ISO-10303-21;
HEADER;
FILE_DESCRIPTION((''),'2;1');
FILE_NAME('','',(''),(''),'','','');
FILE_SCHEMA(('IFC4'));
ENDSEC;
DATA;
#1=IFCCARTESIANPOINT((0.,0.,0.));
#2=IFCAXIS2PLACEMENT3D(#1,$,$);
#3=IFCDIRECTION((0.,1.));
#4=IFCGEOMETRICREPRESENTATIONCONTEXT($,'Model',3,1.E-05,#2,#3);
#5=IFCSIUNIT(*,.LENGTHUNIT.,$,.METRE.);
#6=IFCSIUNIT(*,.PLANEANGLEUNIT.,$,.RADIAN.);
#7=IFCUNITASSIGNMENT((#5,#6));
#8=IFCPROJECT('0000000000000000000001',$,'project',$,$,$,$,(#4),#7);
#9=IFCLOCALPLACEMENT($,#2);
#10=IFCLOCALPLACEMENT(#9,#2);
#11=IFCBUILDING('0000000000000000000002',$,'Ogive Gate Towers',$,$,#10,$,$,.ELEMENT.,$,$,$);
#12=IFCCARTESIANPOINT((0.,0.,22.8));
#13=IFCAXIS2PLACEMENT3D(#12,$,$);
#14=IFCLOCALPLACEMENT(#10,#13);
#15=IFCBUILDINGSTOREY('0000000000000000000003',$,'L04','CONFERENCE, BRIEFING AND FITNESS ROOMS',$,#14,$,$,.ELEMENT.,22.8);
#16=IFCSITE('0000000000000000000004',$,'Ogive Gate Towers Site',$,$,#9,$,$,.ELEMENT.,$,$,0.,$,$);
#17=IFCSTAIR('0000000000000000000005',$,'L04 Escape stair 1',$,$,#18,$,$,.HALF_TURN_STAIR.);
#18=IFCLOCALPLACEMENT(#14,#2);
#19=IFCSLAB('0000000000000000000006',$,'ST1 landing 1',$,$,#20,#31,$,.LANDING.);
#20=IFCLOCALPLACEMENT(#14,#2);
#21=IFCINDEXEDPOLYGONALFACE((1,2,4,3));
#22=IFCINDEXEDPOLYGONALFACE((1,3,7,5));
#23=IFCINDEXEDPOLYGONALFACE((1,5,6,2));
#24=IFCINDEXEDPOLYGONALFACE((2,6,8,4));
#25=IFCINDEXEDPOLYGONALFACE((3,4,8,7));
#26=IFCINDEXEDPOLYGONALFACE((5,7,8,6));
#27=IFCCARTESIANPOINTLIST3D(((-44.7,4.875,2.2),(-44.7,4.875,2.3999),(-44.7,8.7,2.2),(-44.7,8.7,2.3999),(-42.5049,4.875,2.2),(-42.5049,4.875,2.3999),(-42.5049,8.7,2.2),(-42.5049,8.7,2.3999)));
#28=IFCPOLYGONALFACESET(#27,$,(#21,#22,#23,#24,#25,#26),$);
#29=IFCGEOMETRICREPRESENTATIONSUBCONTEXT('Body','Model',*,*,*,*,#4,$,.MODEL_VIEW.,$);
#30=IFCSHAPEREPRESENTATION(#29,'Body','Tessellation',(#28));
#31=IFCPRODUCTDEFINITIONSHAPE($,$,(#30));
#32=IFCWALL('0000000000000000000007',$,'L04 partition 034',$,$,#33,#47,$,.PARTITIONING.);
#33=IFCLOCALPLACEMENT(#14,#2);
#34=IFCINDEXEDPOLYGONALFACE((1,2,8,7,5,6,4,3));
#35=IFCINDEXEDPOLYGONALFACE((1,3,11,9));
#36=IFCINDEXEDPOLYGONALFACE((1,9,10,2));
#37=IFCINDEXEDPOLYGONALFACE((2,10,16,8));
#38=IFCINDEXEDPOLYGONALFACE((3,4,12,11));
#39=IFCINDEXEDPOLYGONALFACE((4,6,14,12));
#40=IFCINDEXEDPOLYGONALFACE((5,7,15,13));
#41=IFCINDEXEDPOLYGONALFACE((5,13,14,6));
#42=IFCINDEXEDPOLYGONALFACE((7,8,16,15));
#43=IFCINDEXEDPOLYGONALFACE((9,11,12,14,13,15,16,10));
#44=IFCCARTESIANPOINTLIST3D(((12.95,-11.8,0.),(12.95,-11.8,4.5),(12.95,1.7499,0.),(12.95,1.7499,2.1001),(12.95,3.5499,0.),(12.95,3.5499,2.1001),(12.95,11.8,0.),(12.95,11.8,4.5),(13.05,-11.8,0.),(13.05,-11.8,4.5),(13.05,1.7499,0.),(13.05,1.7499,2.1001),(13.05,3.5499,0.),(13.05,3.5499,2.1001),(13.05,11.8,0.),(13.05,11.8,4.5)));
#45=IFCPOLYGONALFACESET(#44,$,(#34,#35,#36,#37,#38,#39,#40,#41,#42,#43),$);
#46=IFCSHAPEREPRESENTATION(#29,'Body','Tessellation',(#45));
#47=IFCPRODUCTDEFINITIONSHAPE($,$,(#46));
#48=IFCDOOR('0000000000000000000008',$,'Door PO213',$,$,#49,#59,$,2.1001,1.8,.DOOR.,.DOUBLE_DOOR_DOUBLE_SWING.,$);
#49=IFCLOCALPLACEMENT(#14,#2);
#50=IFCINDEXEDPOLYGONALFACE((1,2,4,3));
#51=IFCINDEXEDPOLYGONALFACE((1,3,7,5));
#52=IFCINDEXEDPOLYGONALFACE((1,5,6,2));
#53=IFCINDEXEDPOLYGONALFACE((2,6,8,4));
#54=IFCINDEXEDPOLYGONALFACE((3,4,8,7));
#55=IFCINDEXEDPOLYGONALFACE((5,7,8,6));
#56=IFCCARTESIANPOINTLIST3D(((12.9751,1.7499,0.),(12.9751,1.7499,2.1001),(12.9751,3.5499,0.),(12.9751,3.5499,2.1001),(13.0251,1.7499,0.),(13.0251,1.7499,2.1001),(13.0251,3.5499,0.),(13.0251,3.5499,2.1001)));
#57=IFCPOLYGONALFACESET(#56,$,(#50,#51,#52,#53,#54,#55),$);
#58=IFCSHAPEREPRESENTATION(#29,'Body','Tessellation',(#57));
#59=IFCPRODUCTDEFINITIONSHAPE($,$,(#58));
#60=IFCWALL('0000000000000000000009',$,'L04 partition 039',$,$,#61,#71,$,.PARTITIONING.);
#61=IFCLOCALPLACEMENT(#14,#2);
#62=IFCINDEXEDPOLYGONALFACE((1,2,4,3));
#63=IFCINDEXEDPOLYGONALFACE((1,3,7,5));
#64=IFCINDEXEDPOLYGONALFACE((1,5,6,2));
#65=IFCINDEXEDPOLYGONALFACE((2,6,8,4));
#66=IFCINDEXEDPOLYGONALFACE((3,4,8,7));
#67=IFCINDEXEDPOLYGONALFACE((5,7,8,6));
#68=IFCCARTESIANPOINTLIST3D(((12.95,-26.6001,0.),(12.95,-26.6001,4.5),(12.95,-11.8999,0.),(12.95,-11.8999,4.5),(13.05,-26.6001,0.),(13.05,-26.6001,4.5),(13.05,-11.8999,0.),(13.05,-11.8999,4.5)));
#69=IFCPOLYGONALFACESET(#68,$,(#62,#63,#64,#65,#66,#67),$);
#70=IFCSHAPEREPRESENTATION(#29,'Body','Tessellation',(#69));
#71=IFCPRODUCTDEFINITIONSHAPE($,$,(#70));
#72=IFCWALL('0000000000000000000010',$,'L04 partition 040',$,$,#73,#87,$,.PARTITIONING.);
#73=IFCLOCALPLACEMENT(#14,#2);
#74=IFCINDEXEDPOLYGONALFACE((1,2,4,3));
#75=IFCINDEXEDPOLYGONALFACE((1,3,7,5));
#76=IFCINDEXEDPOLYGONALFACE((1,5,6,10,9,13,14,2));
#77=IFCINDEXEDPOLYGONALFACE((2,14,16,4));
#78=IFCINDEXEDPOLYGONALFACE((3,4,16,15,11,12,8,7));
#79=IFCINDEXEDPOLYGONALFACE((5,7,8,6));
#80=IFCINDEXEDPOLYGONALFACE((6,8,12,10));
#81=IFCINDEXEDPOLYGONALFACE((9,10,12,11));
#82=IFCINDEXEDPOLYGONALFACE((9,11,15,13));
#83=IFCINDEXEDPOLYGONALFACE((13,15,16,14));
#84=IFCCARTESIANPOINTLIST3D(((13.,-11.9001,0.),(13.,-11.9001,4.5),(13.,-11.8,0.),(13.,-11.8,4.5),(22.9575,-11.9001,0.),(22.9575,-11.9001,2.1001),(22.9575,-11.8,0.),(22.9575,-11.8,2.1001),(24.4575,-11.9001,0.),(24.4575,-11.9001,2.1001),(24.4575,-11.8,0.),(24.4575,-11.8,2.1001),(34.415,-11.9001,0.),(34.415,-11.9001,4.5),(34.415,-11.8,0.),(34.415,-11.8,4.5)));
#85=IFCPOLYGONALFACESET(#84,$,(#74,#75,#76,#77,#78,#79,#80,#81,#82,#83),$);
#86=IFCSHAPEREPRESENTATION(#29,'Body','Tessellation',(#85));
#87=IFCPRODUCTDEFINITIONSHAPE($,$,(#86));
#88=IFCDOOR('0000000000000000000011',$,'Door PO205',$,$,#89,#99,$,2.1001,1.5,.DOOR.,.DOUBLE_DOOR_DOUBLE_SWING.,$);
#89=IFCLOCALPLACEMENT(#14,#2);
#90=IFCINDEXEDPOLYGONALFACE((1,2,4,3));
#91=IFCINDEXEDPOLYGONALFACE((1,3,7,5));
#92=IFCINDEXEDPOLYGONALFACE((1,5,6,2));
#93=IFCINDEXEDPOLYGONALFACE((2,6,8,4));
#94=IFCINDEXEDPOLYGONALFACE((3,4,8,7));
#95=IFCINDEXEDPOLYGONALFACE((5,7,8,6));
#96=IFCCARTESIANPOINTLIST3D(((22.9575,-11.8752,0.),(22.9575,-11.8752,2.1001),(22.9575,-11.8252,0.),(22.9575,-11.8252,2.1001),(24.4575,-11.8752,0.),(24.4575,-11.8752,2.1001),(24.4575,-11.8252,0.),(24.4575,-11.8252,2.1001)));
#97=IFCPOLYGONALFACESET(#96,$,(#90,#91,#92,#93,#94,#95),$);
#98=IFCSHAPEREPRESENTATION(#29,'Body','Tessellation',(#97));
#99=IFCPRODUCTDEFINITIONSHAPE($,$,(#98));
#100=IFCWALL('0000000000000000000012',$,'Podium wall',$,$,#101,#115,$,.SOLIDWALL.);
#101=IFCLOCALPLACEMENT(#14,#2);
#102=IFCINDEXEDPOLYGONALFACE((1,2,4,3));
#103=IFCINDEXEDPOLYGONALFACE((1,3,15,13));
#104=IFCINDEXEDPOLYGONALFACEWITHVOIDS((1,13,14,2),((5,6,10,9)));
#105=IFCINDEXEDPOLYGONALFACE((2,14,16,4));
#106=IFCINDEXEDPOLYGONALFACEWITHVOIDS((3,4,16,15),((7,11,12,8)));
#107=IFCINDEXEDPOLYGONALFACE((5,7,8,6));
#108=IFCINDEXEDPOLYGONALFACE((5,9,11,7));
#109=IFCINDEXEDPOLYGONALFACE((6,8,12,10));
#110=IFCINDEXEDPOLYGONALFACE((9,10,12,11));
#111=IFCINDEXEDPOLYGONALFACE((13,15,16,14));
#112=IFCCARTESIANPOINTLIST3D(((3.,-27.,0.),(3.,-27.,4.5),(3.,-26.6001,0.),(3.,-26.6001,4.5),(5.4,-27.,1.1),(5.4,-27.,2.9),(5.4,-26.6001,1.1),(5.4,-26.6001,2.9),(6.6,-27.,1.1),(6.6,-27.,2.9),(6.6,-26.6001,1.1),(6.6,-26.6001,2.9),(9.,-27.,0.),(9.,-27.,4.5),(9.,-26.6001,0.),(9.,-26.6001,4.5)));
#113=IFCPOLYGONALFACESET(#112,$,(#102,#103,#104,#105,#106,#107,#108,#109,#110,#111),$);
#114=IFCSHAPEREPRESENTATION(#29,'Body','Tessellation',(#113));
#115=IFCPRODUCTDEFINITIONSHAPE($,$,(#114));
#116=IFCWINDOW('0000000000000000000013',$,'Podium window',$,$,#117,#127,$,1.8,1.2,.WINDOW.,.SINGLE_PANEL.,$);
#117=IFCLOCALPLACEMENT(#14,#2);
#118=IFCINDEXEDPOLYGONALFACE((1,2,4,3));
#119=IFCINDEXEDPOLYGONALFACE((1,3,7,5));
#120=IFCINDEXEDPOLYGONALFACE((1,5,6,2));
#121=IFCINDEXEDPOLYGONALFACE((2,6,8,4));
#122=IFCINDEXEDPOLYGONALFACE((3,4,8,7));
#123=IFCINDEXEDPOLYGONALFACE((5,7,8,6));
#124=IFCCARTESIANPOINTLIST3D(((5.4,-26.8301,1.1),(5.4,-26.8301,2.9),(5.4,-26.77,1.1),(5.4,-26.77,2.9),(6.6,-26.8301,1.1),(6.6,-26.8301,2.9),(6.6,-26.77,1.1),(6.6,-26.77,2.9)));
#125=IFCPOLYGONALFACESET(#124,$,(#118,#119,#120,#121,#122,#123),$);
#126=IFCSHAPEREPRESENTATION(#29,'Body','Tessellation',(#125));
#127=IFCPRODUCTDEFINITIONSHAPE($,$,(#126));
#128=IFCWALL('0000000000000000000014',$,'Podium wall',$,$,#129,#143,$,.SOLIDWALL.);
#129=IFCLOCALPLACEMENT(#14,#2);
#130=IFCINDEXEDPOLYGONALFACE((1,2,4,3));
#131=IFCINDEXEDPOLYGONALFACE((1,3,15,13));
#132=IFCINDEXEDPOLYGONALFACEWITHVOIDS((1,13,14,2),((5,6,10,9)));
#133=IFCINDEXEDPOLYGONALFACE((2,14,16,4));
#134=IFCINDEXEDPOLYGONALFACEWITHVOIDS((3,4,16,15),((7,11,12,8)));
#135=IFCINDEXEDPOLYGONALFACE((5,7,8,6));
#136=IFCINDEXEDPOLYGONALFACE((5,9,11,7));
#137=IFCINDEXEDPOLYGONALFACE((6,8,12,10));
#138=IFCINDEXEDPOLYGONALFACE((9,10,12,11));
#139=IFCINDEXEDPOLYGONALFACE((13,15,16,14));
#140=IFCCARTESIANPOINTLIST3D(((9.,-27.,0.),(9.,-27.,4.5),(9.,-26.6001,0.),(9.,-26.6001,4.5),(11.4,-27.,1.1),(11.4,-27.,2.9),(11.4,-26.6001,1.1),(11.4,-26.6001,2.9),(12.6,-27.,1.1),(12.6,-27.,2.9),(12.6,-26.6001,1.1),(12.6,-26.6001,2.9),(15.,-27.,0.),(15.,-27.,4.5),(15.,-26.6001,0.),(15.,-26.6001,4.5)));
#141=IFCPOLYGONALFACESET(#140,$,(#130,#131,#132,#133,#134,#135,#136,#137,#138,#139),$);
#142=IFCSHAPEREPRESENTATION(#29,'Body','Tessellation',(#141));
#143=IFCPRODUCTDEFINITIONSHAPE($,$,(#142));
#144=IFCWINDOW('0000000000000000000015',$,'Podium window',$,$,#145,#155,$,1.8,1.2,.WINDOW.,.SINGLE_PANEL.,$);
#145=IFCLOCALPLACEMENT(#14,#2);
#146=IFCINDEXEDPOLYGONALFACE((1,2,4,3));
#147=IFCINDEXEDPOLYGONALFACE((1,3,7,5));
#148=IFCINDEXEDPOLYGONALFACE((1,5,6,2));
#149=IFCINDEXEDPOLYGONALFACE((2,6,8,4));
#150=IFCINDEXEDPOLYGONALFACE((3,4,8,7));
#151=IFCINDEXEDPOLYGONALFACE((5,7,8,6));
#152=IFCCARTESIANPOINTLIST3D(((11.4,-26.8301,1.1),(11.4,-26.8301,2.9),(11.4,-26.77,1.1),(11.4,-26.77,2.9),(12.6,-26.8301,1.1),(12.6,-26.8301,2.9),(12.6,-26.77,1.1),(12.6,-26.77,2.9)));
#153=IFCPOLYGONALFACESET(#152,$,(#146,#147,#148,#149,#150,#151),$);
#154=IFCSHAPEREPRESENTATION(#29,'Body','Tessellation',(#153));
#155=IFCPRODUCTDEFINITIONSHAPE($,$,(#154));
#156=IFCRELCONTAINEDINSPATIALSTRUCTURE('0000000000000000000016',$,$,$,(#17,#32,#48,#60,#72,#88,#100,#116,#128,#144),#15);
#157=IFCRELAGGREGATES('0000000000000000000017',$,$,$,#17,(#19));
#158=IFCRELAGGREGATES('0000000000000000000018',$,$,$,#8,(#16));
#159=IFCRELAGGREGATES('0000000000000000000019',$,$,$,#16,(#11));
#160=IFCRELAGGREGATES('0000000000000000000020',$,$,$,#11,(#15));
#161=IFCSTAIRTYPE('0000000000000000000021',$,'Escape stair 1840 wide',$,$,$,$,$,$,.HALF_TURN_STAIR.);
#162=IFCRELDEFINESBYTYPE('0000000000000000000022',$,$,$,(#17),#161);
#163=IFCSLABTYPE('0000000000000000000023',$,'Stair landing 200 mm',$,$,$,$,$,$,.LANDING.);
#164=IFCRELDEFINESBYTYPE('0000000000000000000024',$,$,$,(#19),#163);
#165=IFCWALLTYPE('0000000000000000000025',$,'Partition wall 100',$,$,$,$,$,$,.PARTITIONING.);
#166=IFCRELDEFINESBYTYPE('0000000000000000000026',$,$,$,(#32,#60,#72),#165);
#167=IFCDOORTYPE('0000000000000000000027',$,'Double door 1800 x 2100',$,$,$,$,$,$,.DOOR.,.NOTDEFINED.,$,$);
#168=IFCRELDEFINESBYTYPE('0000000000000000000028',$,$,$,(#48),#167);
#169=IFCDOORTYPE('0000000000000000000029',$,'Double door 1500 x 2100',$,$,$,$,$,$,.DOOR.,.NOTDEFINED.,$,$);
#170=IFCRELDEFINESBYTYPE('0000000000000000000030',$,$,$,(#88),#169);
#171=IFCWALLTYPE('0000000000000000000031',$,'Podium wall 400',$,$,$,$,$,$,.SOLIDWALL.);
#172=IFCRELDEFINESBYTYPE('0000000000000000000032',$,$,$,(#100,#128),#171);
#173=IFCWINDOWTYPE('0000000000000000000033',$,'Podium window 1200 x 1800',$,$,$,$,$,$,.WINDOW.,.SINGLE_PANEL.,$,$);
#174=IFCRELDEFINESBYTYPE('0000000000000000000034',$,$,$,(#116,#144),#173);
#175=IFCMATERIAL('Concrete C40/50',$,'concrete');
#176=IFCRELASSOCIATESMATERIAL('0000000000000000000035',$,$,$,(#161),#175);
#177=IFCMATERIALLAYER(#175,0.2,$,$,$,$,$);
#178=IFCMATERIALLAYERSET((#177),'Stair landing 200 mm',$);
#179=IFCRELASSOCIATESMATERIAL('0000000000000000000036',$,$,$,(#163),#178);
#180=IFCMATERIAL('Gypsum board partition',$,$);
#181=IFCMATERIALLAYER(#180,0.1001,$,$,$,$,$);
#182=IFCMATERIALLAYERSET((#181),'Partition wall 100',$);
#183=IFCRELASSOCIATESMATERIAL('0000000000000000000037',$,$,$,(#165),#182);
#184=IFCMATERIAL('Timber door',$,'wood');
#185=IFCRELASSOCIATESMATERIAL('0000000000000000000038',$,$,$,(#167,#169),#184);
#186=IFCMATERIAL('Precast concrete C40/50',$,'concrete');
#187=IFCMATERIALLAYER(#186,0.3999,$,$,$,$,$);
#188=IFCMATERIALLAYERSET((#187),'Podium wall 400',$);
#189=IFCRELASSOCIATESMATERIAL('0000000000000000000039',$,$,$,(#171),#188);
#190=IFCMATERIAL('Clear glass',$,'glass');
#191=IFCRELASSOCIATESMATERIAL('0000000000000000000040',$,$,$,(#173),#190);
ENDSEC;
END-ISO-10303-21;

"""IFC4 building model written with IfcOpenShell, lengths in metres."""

from ifc_helpers import new_model, si_unit, direction, frame, frame_2d, origin, place, context, subcontext, project, spatial, polyline, rectangle, outline, extrude, material, layer, layer_set, type_object, element, fill, aggregate, save


model = new_model("IFC4")

# Units and contexts
model_context = context("Model", 3, precision=1e-05, world=origin(), true_north=direction((0.0, 1.0)))
body_context = subcontext(model_context, "Body", "Model", "MODEL_VIEW")
ifc_project = project(units=[si_unit("LENGTHUNIT", "METRE"), si_unit("PLANEANGLEUNIT", "RADIAN")], contexts=[model_context])

# Site, building, storey
site_placement = place(None, origin())
site = spatial("IfcSite", under=ifc_project, at=site_placement, Name="Ogive Gate Towers Site", CompositionType="ELEMENT", RefElevation=0.0)
building_placement = place(site_placement, origin())
building = spatial("IfcBuilding", under=site, at=building_placement, Name="Ogive Gate Towers", CompositionType="ELEMENT")
storey_placement = place(building_placement, frame((0.0, 0.0, 22.8)))
storey = spatial("IfcBuildingStorey", under=building, at=storey_placement, Name="L04", Description="CONFERENCE, BRIEFING AND FITNESS ROOMS", CompositionType="ELEMENT", Elevation=22.8)

# Stair, slab
ifc_material_1 = material(Name="Concrete C40/50", Category="concrete")
stair_type = type_object("IfcStairType", Name="Escape stair 1840 wide", PredefinedType="HALF_TURN_STAIR", material=ifc_material_1)
stair_placement = place(storey_placement, origin())
stair = element("IfcStair", 1, at=stair_placement, inside=storey, type_object=stair_type, Name="L04 Escape stair 1", PredefinedType="HALF_TURN_STAIR")
ifc_layer_1 = layer(ifc_material_1, 0.2)
ifc_layer_set_1 = layer_set([ifc_layer_1], Name="Stair landing 200 mm")
slab_type = type_object("IfcSlabType", Name="Stair landing 200 mm", PredefinedType="LANDING", material=ifc_layer_set_1)
slab_placement = place(storey_placement, frame((0.0, 0.0, 2.2)))
slab = element("IfcSlab", 2, at=slab_placement, type_object=slab_type, Name="ST1 landing 1", PredefinedType="LANDING", context=body_context, shape_type="SweptSolid", body=[
    extrude(outline(polyline([(-42.5049, 8.7), (-44.7, 8.7), (-44.7, 4.875), (-42.5049, 4.875), (-42.5049, 8.7)])), origin(), (0.0, 0.0, 1.0), 0.2),
])
aggregate(stair, [slab])

# Wall, opening, door
ifc_material_2 = material(Name="Gypsum board partition")
ifc_layer_2 = layer(ifc_material_2, 0.1001)
ifc_layer_set_2 = layer_set([ifc_layer_2], Name="Partition wall 100")
wall_type_1 = type_object("IfcWallType", Name="Partition wall 100", PredefinedType="PARTITIONING", material=ifc_layer_set_2)
wall_1_placement = place(storey_placement, frame((13.0, -11.8, 0.0), z_axis=(0.0, 0.0, 1.0), x_axis=(0.0, 1.0, 0.0)))
wall_1 = element("IfcWall", 3, at=wall_1_placement, inside=storey, type_object=wall_type_1, Name="L04 partition 034", PredefinedType="PARTITIONING", context=body_context, shape_type="SweptSolid", body=[
    extrude(rectangle(XDim=23.6001, YDim=0.1001, at=frame_2d((11.8, 0.0))), origin(), (0.0, 0.0, 1.0), 4.5),
])
opening_1_placement = place(wall_1_placement, frame((13.55, 0.0, 0.0)))
opening_1 = element("IfcOpeningElement", 4, at=opening_1_placement, cuts=wall_1, PredefinedType="OPENING", context=body_context, shape_type="SweptSolid", body=[
    extrude(rectangle(XDim=1.8, YDim=2.1001, at=frame_2d((0.8999, 1.05))), frame((0.0, 0.0601, 0.0), z_axis=(0.0, -1.0, 0.0), x_axis=(1.0, 0.0, 0.0)), (0.0, 0.0, 1.0), 0.1201),
])
ifc_material_3 = material(Name="Timber door", Category="wood")
door_type_1 = type_object("IfcDoorType", Name="Double door 1800 x 2100", OperationType="NOTDEFINED", PredefinedType="DOOR", material=ifc_material_3)
door_1_placement = place(opening_1_placement, origin())
door_1 = element("IfcDoor", 5, at=door_1_placement, inside=storey, type_object=door_type_1, Name="Door PO213", OperationType="DOUBLE_DOOR_DOUBLE_SWING", OverallHeight=2.1001, OverallWidth=1.8, PredefinedType="DOOR", context=body_context, shape_type="SweptSolid", body=[
    extrude(rectangle(XDim=1.8, YDim=2.1001, at=frame_2d((0.8999, 1.05))), frame((0.0, 0.0249, 0.0), z_axis=(0.0, -1.0, 0.0), x_axis=(1.0, 0.0, 0.0)), (0.0, 0.0, 1.0), 0.05),
])
fill(opening_1, door_1)

# Wall
wall_2_placement = place(storey_placement, frame((13.0, -26.6001, 0.0), z_axis=(0.0, 0.0, 1.0), x_axis=(0.0, 1.0, 0.0)))
element("IfcWall", 6, at=wall_2_placement, inside=storey, type_object=wall_type_1, Name="L04 partition 039", PredefinedType="PARTITIONING", context=body_context, shape_type="SweptSolid", body=[
    extrude(rectangle(XDim=14.7002, YDim=0.1001, at=frame_2d((7.3501, 0.0))), origin(), (0.0, 0.0, 1.0), 4.5),
])

# Wall, opening, door
wall_3_placement = place(storey_placement, frame((13.0, -11.8501, 0.0), z_axis=(0.0, 0.0, 1.0), x_axis=(1.0, 0.0, 0.0)))
wall_3 = element("IfcWall", 7, at=wall_3_placement, inside=storey, type_object=wall_type_1, Name="L04 partition 040", PredefinedType="PARTITIONING", context=body_context, shape_type="SweptSolid", body=[
    extrude(rectangle(XDim=21.415, YDim=0.1001, at=frame_2d((10.7075, 0.0))), origin(), (0.0, 0.0, 1.0), 4.5),
])
opening_2_placement = place(wall_3_placement, frame((9.9575, 0.0, 0.0)))
opening_2 = element("IfcOpeningElement", 8, at=opening_2_placement, cuts=wall_3, PredefinedType="OPENING", context=body_context, shape_type="SweptSolid", body=[
    extrude(rectangle(XDim=1.5, YDim=2.1001, at=frame_2d((0.75, 1.05))), frame((0.0, 0.0601, 0.0), z_axis=(0.0, -1.0, 0.0), x_axis=(1.0, 0.0, 0.0)), (0.0, 0.0, 1.0), 0.1201),
])
door_type_2 = type_object("IfcDoorType", Name="Double door 1500 x 2100", OperationType="NOTDEFINED", PredefinedType="DOOR", material=ifc_material_3)
door_2_placement = place(opening_2_placement, origin())
door_2 = element("IfcDoor", 9, at=door_2_placement, inside=storey, type_object=door_type_2, Name="Door PO205", OperationType="DOUBLE_DOOR_DOUBLE_SWING", OverallHeight=2.1001, OverallWidth=1.5, PredefinedType="DOOR", context=body_context, shape_type="SweptSolid", body=[
    extrude(rectangle(XDim=1.5, YDim=2.1001, at=frame_2d((0.75, 1.05))), frame((0.0, 0.0249, 0.0), z_axis=(0.0, -1.0, 0.0), x_axis=(1.0, 0.0, 0.0)), (0.0, 0.0, 1.0), 0.05),
])
fill(opening_2, door_2)

# Walls, openings, windows
ifc_material_4 = material(Name="Precast concrete C40/50", Category="concrete")
ifc_layer_3 = layer(ifc_material_4, 0.3999)
ifc_layer_set_3 = layer_set([ifc_layer_3], Name="Podium wall 400")
wall_type_2 = type_object("IfcWallType", Name="Podium wall 400", PredefinedType="SOLIDWALL", material=ifc_layer_set_3)
wall_4_placement = place(storey_placement, frame((3.0, -26.8, 0.0), z_axis=(0.0, 0.0, 1.0), x_axis=(1.0, 0.0, 0.0)))
wall_4 = element("IfcWall", 10, at=wall_4_placement, inside=storey, type_object=wall_type_2, Name="Podium wall", PredefinedType="SOLIDWALL", context=body_context, shape_type="SweptSolid", body=[
    extrude(rectangle(XDim=6.0, YDim=0.3999, at=frame_2d((3.0, 0.0))), origin(), (0.0, 0.0, 1.0), 4.5),
])
opening_3_placement = place(wall_4_placement, frame((2.3999, 0.0, 1.1001)))
opening_3 = element("IfcOpeningElement", 11, at=opening_3_placement, cuts=wall_4, PredefinedType="OPENING", context=body_context, shape_type="SweptSolid", body=[
    extrude(rectangle(XDim=1.2, YDim=1.8, at=frame_2d((0.6001, 0.8999))), frame((0.0, 0.21, 0.0), z_axis=(0.0, -1.0, 0.0), x_axis=(1.0, 0.0, 0.0)), (0.0, 0.0, 1.0), 0.4199),
])
ifc_material_5 = material(Name="Clear glass", Category="glass")
window_type = type_object("IfcWindowType", Name="Podium window 1200 x 1800", PartitioningType="SINGLE_PANEL", PredefinedType="WINDOW", material=ifc_material_5)
window_1_placement = place(opening_3_placement, origin())
window_1 = element("IfcWindow", 12, at=window_1_placement, inside=storey, type_object=window_type, Name="Podium window", OverallHeight=1.8, OverallWidth=1.2, PartitioningType="SINGLE_PANEL", PredefinedType="WINDOW", context=body_context, shape_type="SweptSolid", body=[
    extrude(rectangle(XDim=1.2, YDim=1.8, at=frame_2d((0.6001, 0.8999))), frame((0.0, 0.03, 0.0), z_axis=(0.0, -1.0, 0.0), x_axis=(1.0, 0.0, 0.0)), (0.0, 0.0, 1.0), 0.0601),
])
fill(opening_3, window_1)
wall_5_placement = place(storey_placement, frame((9.0, -26.8, 0.0), z_axis=(0.0, 0.0, 1.0), x_axis=(1.0, 0.0, 0.0)))
wall_5 = element("IfcWall", 13, at=wall_5_placement, inside=storey, type_object=wall_type_2, Name="Podium wall", PredefinedType="SOLIDWALL", context=body_context, shape_type="SweptSolid", body=[
    extrude(rectangle(XDim=6.0, YDim=0.3999, at=frame_2d((3.0, 0.0))), origin(), (0.0, 0.0, 1.0), 4.5),
])
opening_4_placement = place(wall_5_placement, frame((2.3999, 0.0, 1.1001)))
opening_4 = element("IfcOpeningElement", 14, at=opening_4_placement, cuts=wall_5, PredefinedType="OPENING", context=body_context, shape_type="SweptSolid", body=[
    extrude(rectangle(XDim=1.2, YDim=1.8, at=frame_2d((0.6001, 0.8999))), frame((0.0, 0.21, 0.0), z_axis=(0.0, -1.0, 0.0), x_axis=(1.0, 0.0, 0.0)), (0.0, 0.0, 1.0), 0.4199),
])
window_2_placement = place(opening_4_placement, origin())
window_2 = element("IfcWindow", 15, at=window_2_placement, inside=storey, type_object=window_type, Name="Podium window", OverallHeight=1.8, OverallWidth=1.2, PartitioningType="SINGLE_PANEL", PredefinedType="WINDOW", context=body_context, shape_type="SweptSolid", body=[
    extrude(rectangle(XDim=1.2, YDim=1.8, at=frame_2d((0.6001, 0.8999))), frame((0.0, 0.03, 0.0), z_axis=(0.0, -1.0, 0.0), x_axis=(1.0, 0.0, 0.0)), (0.0, 0.0, 1.0), 0.0601),
])
fill(opening_4, window_2)

save(model, "model.ifc")
